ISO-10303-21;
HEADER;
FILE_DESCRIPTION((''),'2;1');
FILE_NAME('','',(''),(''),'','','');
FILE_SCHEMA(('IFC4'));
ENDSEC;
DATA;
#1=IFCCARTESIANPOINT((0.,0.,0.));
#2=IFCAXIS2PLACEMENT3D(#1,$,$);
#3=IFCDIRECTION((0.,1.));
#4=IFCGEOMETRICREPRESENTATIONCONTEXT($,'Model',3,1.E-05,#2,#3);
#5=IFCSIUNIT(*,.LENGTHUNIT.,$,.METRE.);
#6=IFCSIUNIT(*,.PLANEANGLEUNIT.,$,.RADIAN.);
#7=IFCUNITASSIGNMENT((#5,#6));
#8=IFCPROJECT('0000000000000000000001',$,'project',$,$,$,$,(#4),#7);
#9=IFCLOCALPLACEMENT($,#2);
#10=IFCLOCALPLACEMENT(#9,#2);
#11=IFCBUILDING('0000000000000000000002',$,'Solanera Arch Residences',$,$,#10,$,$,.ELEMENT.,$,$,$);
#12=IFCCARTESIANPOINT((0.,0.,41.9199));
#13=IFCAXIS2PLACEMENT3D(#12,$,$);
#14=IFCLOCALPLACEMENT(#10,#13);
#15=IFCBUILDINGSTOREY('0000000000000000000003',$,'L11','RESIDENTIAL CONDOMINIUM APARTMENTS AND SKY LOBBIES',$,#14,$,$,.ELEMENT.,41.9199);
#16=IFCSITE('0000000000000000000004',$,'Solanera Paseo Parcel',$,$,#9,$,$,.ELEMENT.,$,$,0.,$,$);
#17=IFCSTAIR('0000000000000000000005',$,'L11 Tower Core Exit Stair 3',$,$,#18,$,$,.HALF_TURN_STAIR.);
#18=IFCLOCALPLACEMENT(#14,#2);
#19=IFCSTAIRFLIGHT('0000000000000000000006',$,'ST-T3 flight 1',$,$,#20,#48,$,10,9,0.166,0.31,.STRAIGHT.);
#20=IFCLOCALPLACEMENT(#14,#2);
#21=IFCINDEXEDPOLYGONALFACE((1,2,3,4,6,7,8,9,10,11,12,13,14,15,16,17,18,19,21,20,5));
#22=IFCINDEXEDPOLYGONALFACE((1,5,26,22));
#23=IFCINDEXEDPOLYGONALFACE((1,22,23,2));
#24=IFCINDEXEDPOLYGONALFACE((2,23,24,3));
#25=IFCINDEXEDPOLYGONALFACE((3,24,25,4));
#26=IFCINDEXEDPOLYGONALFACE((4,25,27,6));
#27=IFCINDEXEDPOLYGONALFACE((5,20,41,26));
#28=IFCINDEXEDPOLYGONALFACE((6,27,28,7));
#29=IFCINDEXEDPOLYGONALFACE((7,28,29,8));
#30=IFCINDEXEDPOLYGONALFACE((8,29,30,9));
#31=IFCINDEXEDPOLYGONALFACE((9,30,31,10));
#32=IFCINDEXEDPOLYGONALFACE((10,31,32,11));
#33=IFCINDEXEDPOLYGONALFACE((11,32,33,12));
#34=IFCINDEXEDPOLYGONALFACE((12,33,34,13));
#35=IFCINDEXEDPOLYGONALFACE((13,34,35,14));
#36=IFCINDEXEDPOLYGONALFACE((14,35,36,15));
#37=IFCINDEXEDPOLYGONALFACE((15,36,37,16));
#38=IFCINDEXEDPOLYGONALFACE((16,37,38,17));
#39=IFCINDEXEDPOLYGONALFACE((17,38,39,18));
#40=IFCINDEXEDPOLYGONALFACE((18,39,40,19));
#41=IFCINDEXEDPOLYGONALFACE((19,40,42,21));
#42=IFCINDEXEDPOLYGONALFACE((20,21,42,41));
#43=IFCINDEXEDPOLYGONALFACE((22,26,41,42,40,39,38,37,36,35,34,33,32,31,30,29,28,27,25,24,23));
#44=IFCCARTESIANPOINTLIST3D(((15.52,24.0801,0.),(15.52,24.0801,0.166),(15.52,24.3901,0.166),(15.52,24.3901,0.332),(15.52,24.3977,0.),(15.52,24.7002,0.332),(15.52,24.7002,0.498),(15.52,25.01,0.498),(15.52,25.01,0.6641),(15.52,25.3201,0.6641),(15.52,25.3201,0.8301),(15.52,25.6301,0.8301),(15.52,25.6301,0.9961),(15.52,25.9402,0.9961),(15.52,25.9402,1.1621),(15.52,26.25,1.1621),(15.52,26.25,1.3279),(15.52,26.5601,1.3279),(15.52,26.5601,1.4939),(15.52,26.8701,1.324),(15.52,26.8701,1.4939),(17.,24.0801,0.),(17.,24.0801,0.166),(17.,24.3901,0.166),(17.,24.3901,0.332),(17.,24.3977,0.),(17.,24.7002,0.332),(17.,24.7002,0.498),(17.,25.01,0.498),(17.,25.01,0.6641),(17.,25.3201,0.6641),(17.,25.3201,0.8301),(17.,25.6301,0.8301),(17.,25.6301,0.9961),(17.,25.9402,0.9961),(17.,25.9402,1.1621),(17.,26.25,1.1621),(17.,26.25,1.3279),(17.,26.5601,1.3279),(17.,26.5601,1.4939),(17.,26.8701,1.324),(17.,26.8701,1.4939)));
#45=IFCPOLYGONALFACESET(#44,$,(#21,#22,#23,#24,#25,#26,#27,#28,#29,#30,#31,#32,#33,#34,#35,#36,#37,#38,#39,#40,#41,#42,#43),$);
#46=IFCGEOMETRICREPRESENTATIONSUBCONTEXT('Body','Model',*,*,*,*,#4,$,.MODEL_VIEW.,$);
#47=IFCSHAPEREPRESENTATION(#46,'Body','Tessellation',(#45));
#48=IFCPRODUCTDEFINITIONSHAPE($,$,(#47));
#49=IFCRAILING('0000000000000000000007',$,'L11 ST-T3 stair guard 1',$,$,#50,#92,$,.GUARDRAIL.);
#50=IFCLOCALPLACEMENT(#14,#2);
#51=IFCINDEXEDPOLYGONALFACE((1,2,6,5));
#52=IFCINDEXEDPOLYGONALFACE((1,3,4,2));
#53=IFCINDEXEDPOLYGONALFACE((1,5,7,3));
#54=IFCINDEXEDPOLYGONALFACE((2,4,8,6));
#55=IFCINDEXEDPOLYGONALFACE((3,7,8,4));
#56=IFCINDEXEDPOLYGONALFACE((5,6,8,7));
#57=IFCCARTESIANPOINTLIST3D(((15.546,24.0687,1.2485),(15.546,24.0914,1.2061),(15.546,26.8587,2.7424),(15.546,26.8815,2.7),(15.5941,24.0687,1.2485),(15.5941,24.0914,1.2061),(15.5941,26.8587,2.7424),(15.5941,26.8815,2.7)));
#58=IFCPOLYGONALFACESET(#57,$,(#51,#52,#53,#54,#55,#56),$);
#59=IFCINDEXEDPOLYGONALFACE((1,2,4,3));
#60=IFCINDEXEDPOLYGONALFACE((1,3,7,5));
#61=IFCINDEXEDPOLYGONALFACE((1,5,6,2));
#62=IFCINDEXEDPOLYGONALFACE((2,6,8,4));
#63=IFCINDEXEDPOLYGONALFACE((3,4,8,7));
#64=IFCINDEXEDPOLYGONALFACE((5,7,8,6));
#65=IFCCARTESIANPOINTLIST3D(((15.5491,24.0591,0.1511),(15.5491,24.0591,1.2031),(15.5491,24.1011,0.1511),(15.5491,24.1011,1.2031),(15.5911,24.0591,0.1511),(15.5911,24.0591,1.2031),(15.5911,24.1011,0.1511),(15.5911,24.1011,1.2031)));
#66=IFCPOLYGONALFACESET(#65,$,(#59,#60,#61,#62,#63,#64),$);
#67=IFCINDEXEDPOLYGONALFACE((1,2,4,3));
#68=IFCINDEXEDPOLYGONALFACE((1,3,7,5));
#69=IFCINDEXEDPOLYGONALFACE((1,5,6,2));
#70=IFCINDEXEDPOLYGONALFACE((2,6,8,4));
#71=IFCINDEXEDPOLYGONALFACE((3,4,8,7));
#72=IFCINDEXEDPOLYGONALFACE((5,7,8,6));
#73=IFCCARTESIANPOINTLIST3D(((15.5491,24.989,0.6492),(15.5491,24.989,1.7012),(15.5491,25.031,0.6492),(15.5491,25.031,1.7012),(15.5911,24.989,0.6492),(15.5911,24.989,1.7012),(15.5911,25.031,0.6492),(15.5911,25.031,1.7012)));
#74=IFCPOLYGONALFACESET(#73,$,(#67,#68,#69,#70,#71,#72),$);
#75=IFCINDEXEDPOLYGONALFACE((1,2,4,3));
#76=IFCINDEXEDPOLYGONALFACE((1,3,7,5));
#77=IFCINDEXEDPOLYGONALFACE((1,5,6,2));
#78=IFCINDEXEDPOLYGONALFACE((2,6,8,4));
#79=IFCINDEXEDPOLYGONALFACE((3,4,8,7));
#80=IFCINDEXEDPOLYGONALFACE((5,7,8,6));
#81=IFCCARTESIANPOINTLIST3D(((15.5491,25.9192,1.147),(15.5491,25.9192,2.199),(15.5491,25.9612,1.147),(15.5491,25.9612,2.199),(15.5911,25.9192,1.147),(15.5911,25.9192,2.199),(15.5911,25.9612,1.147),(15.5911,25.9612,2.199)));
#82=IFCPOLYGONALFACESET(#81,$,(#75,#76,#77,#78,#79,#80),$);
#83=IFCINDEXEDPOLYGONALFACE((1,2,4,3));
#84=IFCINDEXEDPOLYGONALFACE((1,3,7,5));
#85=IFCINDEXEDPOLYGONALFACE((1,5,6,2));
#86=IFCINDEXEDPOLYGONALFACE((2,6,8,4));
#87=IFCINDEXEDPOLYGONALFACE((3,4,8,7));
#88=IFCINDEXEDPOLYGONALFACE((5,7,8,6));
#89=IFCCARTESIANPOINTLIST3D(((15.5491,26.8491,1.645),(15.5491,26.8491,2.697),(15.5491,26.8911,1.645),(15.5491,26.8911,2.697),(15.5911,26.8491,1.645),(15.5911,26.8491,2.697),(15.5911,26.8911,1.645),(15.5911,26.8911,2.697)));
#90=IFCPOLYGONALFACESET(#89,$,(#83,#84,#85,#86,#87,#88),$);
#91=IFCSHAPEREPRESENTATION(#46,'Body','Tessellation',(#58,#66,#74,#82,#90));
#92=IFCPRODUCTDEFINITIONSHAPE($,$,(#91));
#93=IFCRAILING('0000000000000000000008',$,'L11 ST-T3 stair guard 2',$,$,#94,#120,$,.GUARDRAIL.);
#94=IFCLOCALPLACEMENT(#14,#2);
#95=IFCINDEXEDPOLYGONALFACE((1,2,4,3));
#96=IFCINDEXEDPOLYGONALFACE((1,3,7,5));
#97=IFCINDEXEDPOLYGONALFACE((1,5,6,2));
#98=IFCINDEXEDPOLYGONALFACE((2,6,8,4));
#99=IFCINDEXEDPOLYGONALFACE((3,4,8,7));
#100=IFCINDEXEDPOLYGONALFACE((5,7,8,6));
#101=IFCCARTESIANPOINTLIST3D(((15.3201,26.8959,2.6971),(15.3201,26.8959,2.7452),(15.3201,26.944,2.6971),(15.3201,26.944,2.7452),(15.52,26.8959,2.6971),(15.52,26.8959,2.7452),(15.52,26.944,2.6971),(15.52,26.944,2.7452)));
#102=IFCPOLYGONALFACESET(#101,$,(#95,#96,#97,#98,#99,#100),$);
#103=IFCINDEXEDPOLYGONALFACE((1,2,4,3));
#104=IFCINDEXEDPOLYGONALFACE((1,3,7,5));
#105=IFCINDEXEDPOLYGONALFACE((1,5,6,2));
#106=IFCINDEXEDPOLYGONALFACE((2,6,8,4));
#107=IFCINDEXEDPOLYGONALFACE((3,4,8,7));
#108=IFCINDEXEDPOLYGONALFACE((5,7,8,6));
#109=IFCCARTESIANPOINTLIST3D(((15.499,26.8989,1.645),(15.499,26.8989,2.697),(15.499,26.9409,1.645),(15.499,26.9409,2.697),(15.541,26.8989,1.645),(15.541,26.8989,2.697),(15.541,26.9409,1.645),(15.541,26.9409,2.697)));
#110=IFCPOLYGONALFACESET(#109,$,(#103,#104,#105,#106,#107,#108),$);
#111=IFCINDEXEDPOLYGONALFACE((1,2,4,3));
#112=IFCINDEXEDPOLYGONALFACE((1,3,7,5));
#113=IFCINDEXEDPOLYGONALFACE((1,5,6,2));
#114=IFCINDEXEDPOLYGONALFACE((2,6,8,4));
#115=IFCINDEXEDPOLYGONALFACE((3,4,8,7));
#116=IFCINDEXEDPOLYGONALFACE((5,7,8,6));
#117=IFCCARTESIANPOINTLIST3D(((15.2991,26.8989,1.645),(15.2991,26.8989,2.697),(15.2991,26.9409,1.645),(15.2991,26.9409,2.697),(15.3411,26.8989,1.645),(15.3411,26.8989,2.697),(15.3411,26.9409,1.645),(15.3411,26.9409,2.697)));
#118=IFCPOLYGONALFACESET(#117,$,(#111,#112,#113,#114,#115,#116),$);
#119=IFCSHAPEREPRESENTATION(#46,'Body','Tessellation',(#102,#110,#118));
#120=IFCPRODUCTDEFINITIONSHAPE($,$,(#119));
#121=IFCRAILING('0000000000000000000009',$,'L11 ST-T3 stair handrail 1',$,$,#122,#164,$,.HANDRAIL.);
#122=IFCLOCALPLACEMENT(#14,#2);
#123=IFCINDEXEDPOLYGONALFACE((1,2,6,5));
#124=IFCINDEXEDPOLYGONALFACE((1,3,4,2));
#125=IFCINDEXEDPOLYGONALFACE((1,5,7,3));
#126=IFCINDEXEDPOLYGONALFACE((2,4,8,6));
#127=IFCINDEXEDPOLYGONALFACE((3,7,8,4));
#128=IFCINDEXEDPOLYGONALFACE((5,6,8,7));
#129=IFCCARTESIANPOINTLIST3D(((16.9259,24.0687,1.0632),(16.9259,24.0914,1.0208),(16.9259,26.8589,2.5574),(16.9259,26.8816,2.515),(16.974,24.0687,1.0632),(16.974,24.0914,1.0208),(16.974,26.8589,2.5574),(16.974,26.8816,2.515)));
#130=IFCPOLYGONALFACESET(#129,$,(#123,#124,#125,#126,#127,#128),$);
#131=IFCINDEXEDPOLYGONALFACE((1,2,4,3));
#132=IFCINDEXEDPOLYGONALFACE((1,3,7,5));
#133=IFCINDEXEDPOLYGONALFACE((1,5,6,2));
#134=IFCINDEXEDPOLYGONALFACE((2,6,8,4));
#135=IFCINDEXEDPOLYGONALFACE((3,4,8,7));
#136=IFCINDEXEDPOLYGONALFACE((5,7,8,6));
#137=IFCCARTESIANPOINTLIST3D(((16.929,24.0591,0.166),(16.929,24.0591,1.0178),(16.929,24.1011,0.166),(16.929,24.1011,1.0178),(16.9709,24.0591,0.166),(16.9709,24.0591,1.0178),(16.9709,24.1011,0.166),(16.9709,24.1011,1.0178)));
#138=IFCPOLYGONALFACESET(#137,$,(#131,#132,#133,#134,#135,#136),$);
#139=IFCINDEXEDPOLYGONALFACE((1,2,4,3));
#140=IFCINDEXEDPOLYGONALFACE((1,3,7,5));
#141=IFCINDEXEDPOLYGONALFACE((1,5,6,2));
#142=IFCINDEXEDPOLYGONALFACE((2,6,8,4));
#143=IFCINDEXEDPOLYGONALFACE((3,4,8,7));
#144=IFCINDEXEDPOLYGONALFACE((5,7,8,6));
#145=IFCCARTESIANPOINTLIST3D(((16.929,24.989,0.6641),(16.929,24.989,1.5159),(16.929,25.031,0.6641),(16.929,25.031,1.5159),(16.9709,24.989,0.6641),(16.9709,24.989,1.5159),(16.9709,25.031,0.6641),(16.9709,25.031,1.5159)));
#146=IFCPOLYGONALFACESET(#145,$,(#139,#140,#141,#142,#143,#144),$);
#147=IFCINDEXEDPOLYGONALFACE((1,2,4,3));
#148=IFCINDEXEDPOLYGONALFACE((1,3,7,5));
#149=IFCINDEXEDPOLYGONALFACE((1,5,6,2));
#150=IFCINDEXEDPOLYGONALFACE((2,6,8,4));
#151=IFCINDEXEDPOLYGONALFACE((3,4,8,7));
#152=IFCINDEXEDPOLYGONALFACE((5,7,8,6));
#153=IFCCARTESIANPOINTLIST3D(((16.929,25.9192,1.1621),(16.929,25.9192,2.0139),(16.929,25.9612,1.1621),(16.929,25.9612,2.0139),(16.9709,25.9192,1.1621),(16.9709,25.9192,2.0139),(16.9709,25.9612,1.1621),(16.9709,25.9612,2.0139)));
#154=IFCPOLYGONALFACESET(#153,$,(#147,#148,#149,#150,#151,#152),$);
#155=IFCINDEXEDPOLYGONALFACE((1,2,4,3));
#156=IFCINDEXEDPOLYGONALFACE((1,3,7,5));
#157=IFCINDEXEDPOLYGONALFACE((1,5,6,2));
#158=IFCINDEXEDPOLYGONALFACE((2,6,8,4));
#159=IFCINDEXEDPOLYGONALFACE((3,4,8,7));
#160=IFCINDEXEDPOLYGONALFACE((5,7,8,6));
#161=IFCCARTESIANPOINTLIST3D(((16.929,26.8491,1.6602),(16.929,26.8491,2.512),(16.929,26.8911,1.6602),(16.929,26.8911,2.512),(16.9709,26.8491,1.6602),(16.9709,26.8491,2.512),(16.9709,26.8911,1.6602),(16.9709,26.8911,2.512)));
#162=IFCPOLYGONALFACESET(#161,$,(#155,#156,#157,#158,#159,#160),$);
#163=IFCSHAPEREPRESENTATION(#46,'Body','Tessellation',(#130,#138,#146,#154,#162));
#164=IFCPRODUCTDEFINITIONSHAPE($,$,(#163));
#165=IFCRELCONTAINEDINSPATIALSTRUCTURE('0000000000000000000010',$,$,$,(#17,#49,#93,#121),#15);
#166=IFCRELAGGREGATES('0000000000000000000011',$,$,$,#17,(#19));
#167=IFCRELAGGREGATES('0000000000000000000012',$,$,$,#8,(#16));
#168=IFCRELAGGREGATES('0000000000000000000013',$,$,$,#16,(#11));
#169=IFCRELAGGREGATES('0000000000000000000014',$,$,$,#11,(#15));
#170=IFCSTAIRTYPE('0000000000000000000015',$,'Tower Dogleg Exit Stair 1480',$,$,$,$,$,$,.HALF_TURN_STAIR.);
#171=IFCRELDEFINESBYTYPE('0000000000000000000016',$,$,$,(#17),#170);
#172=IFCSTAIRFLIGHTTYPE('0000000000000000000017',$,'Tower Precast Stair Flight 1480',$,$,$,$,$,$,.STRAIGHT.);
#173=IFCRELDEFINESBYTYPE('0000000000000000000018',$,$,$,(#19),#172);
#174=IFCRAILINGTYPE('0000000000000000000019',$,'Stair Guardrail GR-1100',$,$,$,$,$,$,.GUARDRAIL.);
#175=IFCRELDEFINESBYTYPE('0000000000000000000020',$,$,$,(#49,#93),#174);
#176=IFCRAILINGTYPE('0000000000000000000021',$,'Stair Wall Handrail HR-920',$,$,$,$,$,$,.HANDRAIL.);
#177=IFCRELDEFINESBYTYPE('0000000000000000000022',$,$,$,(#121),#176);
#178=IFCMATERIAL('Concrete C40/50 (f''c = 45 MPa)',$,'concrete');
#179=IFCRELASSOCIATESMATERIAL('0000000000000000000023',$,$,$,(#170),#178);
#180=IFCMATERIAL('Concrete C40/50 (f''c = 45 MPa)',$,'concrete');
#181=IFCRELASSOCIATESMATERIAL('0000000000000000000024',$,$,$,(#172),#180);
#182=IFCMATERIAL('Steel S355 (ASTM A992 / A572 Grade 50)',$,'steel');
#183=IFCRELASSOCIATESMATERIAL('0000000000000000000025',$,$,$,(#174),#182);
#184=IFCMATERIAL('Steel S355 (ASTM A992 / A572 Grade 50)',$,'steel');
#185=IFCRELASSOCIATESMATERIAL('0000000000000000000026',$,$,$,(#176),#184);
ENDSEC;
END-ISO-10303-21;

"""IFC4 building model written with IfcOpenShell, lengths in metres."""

from ifc_helpers import new_model, si_unit, direction, frame, origin, origin_2d, place, context, subcontext, project, spatial, polyline, rectangle, outline, extrude, material, type_object, element, aggregate, save


model = new_model("IFC4")

# Units and contexts
model_context = context("Model", 3, precision=1e-05, world=origin(), true_north=direction((0.0, 1.0)))
body_context = subcontext(model_context, "Body", "Model", "MODEL_VIEW")
ifc_project = project(units=[si_unit("LENGTHUNIT", "METRE"), si_unit("PLANEANGLEUNIT", "RADIAN")], contexts=[model_context])

# Site, building, storey
site_placement = place(None, origin())
site = spatial("IfcSite", under=ifc_project, at=site_placement, Name="Solanera Paseo Parcel", CompositionType="ELEMENT", RefElevation=0.0)
building_placement = place(site_placement, origin())
building = spatial("IfcBuilding", under=site, at=building_placement, Name="Solanera Arch Residences", CompositionType="ELEMENT")
storey_placement = place(building_placement, frame((0.0, 0.0, 41.9199)))
storey = spatial("IfcBuildingStorey", under=building, at=storey_placement, Name="L11", Description="RESIDENTIAL CONDOMINIUM APARTMENTS AND SKY LOBBIES", CompositionType="ELEMENT", Elevation=41.9199)

# Stair, stair flight
ifc_material_1 = material(Name="Concrete C40/50 (f'c = 45 MPa)", Category="concrete")
stair_type = type_object("IfcStairType", Name="Tower Dogleg Exit Stair 1480", PredefinedType="HALF_TURN_STAIR", material=ifc_material_1)
stair_placement = place(storey_placement, origin())
stair = element("IfcStair", 1, at=stair_placement, inside=storey, type_object=stair_type, Name="L11 Tower Core Exit Stair 3", PredefinedType="HALF_TURN_STAIR")
ifc_material_2 = material(Name="Concrete C40/50 (f'c = 45 MPa)", Category="concrete")
stair_flight_type = type_object("IfcStairFlightType", Name="Tower Precast Stair Flight 1480", PredefinedType="STRAIGHT", material=ifc_material_2)
stair_flight_placement = place(storey_placement, frame((16.26, 24.0801, 0.0), z_axis=(0.0, 0.0, 1.0), x_axis=(0.0, 1.0, 0.0)))
stair_flight = element("IfcStairFlight", 2, at=stair_flight_placement, type_object=stair_flight_type, Name="ST-T3 flight 1", NumberOfRisers=10, NumberOfTreads=9, PredefinedType="STRAIGHT", RiserHeight=0.166, TreadLength=0.31, context=body_context, shape_type="SweptSolid", body=[
    extrude(outline(polyline([(0.0, 0.0), (0.0, 0.166), (0.3101, 0.166), (0.3101, 0.332), (0.6201, 0.332), (0.6201, 0.498), (0.9299, 0.498), (0.9299, 0.6641), (1.24, 0.6641), (1.24, 0.8301), (1.55, 0.8301), (1.55, 0.9961), (1.8601, 0.9961), (1.8601, 1.1621), (2.1699, 1.1621), (2.1699, 1.3279), (2.48, 1.3279), (2.48, 1.4939), (2.79, 1.4939), (2.79, 1.6599), (2.79, 1.324), (0.3176, 0.0), (0.0, 0.0)])), frame((0.0, 0.74, 0.0), z_axis=(0.0, -1.0, 0.0), x_axis=(1.0, 0.0, 0.0)), (0.0, 0.0, 1.0), 1.48),
])
aggregate(stair, [stair_flight])

# Railings
ifc_material_3 = material(Name="Steel S355 (ASTM A992 / A572 Grade 50)", Category="steel")
railing_type_1 = type_object("IfcRailingType", Name="Stair Guardrail GR-1100", PredefinedType="GUARDRAIL", material=ifc_material_3)
railing_1_placement = place(storey_placement, frame((15.5701, 24.0801, 0.1511)))
element("IfcRailing", 3, at=railing_1_placement, inside=storey, type_object=railing_type_1, Name="L11 ST-T3 stair guard 1", PredefinedType="GUARDRAIL", context=body_context, shape_type="SweptSolid", body=[
    extrude(rectangle(XDim=0.0481, YDim=0.0481, at=origin_2d()), frame((0.0, 0.0, 1.0762), z_axis=(0.0, 0.881581, 0.472033), x_axis=(-1.0, 0.0, 0.0)), (0.0, 0.0, 1.0), 3.1648),
    extrude(rectangle(XDim=0.042, YDim=0.042, at=origin_2d()), origin(), (0.0, 0.0, 1.0), 1.052),
    extrude(rectangle(XDim=0.042, YDim=0.042, at=origin_2d()), frame((0.0, 0.9299, 0.498)), (0.0, 0.0, 1.0), 1.052),
    extrude(rectangle(XDim=0.042, YDim=0.042, at=origin_2d()), frame((0.0, 1.8601, 0.9958)), (0.0, 0.0, 1.0), 1.052),
    extrude(rectangle(XDim=0.042, YDim=0.042, at=origin_2d()), frame((0.0, 2.79, 1.4939)), (0.0, 0.0, 1.0), 1.052),
])
railing_2_placement = place(storey_placement, frame((15.52, 26.9199, 1.645)))
element("IfcRailing", 4, at=railing_2_placement, inside=storey, type_object=railing_type_1, Name="L11 ST-T3 stair guard 2", PredefinedType="GUARDRAIL", context=body_context, shape_type="SweptSolid", body=[
    extrude(rectangle(XDim=0.0481, YDim=0.0481, at=origin_2d()), frame((0.0, 0.0, 1.0762), z_axis=(-1.0, 0.0, 0.0), x_axis=(0.0, -1.0, 0.0)), (0.0, 0.0, 1.0), 0.2),
    extrude(rectangle(XDim=0.042, YDim=0.042, at=origin_2d()), origin(), (0.0, 0.0, 1.0), 1.052),
    extrude(rectangle(XDim=0.042, YDim=0.042, at=origin_2d()), frame((-0.2, 0.0, 0.0)), (0.0, 0.0, 1.0), 1.052),
])
ifc_material_4 = material(Name="Steel S355 (ASTM A992 / A572 Grade 50)", Category="steel")
railing_type_2 = type_object("IfcRailingType", Name="Stair Wall Handrail HR-920", PredefinedType="HANDRAIL", material=ifc_material_4)
railing_3_placement = place(storey_placement, frame((16.95, 24.0801, 0.166)))
element("IfcRailing", 5, at=railing_3_placement, inside=storey, type_object=railing_type_2, Name="L11 ST-T3 stair handrail 1", PredefinedType="HANDRAIL", context=body_context, shape_type="SweptSolid", body=[
    extrude(rectangle(XDim=0.0481, YDim=0.0481, at=origin_2d()), frame((0.0, 0.0, 0.876), z_axis=(0.0, 0.881549, 0.472093), x_axis=(-1.0, 0.0, 0.0)), (0.0, 0.0, 1.0), 3.165),
    extrude(rectangle(XDim=0.042, YDim=0.042, at=origin_2d()), origin(), (0.0, 0.0, 1.0), 0.8518),
    extrude(rectangle(XDim=0.042, YDim=0.042, at=origin_2d()), frame((0.0, 0.9299, 0.498)), (0.0, 0.0, 1.0), 0.8518),
    extrude(rectangle(XDim=0.042, YDim=0.042, at=origin_2d()), frame((0.0, 1.8601, 0.9961)), (0.0, 0.0, 1.0), 0.8518),
    extrude(rectangle(XDim=0.042, YDim=0.042, at=origin_2d()), frame((0.0, 2.79, 1.4941)), (0.0, 0.0, 1.0), 0.8518),
])

save(model, "model.ifc")
